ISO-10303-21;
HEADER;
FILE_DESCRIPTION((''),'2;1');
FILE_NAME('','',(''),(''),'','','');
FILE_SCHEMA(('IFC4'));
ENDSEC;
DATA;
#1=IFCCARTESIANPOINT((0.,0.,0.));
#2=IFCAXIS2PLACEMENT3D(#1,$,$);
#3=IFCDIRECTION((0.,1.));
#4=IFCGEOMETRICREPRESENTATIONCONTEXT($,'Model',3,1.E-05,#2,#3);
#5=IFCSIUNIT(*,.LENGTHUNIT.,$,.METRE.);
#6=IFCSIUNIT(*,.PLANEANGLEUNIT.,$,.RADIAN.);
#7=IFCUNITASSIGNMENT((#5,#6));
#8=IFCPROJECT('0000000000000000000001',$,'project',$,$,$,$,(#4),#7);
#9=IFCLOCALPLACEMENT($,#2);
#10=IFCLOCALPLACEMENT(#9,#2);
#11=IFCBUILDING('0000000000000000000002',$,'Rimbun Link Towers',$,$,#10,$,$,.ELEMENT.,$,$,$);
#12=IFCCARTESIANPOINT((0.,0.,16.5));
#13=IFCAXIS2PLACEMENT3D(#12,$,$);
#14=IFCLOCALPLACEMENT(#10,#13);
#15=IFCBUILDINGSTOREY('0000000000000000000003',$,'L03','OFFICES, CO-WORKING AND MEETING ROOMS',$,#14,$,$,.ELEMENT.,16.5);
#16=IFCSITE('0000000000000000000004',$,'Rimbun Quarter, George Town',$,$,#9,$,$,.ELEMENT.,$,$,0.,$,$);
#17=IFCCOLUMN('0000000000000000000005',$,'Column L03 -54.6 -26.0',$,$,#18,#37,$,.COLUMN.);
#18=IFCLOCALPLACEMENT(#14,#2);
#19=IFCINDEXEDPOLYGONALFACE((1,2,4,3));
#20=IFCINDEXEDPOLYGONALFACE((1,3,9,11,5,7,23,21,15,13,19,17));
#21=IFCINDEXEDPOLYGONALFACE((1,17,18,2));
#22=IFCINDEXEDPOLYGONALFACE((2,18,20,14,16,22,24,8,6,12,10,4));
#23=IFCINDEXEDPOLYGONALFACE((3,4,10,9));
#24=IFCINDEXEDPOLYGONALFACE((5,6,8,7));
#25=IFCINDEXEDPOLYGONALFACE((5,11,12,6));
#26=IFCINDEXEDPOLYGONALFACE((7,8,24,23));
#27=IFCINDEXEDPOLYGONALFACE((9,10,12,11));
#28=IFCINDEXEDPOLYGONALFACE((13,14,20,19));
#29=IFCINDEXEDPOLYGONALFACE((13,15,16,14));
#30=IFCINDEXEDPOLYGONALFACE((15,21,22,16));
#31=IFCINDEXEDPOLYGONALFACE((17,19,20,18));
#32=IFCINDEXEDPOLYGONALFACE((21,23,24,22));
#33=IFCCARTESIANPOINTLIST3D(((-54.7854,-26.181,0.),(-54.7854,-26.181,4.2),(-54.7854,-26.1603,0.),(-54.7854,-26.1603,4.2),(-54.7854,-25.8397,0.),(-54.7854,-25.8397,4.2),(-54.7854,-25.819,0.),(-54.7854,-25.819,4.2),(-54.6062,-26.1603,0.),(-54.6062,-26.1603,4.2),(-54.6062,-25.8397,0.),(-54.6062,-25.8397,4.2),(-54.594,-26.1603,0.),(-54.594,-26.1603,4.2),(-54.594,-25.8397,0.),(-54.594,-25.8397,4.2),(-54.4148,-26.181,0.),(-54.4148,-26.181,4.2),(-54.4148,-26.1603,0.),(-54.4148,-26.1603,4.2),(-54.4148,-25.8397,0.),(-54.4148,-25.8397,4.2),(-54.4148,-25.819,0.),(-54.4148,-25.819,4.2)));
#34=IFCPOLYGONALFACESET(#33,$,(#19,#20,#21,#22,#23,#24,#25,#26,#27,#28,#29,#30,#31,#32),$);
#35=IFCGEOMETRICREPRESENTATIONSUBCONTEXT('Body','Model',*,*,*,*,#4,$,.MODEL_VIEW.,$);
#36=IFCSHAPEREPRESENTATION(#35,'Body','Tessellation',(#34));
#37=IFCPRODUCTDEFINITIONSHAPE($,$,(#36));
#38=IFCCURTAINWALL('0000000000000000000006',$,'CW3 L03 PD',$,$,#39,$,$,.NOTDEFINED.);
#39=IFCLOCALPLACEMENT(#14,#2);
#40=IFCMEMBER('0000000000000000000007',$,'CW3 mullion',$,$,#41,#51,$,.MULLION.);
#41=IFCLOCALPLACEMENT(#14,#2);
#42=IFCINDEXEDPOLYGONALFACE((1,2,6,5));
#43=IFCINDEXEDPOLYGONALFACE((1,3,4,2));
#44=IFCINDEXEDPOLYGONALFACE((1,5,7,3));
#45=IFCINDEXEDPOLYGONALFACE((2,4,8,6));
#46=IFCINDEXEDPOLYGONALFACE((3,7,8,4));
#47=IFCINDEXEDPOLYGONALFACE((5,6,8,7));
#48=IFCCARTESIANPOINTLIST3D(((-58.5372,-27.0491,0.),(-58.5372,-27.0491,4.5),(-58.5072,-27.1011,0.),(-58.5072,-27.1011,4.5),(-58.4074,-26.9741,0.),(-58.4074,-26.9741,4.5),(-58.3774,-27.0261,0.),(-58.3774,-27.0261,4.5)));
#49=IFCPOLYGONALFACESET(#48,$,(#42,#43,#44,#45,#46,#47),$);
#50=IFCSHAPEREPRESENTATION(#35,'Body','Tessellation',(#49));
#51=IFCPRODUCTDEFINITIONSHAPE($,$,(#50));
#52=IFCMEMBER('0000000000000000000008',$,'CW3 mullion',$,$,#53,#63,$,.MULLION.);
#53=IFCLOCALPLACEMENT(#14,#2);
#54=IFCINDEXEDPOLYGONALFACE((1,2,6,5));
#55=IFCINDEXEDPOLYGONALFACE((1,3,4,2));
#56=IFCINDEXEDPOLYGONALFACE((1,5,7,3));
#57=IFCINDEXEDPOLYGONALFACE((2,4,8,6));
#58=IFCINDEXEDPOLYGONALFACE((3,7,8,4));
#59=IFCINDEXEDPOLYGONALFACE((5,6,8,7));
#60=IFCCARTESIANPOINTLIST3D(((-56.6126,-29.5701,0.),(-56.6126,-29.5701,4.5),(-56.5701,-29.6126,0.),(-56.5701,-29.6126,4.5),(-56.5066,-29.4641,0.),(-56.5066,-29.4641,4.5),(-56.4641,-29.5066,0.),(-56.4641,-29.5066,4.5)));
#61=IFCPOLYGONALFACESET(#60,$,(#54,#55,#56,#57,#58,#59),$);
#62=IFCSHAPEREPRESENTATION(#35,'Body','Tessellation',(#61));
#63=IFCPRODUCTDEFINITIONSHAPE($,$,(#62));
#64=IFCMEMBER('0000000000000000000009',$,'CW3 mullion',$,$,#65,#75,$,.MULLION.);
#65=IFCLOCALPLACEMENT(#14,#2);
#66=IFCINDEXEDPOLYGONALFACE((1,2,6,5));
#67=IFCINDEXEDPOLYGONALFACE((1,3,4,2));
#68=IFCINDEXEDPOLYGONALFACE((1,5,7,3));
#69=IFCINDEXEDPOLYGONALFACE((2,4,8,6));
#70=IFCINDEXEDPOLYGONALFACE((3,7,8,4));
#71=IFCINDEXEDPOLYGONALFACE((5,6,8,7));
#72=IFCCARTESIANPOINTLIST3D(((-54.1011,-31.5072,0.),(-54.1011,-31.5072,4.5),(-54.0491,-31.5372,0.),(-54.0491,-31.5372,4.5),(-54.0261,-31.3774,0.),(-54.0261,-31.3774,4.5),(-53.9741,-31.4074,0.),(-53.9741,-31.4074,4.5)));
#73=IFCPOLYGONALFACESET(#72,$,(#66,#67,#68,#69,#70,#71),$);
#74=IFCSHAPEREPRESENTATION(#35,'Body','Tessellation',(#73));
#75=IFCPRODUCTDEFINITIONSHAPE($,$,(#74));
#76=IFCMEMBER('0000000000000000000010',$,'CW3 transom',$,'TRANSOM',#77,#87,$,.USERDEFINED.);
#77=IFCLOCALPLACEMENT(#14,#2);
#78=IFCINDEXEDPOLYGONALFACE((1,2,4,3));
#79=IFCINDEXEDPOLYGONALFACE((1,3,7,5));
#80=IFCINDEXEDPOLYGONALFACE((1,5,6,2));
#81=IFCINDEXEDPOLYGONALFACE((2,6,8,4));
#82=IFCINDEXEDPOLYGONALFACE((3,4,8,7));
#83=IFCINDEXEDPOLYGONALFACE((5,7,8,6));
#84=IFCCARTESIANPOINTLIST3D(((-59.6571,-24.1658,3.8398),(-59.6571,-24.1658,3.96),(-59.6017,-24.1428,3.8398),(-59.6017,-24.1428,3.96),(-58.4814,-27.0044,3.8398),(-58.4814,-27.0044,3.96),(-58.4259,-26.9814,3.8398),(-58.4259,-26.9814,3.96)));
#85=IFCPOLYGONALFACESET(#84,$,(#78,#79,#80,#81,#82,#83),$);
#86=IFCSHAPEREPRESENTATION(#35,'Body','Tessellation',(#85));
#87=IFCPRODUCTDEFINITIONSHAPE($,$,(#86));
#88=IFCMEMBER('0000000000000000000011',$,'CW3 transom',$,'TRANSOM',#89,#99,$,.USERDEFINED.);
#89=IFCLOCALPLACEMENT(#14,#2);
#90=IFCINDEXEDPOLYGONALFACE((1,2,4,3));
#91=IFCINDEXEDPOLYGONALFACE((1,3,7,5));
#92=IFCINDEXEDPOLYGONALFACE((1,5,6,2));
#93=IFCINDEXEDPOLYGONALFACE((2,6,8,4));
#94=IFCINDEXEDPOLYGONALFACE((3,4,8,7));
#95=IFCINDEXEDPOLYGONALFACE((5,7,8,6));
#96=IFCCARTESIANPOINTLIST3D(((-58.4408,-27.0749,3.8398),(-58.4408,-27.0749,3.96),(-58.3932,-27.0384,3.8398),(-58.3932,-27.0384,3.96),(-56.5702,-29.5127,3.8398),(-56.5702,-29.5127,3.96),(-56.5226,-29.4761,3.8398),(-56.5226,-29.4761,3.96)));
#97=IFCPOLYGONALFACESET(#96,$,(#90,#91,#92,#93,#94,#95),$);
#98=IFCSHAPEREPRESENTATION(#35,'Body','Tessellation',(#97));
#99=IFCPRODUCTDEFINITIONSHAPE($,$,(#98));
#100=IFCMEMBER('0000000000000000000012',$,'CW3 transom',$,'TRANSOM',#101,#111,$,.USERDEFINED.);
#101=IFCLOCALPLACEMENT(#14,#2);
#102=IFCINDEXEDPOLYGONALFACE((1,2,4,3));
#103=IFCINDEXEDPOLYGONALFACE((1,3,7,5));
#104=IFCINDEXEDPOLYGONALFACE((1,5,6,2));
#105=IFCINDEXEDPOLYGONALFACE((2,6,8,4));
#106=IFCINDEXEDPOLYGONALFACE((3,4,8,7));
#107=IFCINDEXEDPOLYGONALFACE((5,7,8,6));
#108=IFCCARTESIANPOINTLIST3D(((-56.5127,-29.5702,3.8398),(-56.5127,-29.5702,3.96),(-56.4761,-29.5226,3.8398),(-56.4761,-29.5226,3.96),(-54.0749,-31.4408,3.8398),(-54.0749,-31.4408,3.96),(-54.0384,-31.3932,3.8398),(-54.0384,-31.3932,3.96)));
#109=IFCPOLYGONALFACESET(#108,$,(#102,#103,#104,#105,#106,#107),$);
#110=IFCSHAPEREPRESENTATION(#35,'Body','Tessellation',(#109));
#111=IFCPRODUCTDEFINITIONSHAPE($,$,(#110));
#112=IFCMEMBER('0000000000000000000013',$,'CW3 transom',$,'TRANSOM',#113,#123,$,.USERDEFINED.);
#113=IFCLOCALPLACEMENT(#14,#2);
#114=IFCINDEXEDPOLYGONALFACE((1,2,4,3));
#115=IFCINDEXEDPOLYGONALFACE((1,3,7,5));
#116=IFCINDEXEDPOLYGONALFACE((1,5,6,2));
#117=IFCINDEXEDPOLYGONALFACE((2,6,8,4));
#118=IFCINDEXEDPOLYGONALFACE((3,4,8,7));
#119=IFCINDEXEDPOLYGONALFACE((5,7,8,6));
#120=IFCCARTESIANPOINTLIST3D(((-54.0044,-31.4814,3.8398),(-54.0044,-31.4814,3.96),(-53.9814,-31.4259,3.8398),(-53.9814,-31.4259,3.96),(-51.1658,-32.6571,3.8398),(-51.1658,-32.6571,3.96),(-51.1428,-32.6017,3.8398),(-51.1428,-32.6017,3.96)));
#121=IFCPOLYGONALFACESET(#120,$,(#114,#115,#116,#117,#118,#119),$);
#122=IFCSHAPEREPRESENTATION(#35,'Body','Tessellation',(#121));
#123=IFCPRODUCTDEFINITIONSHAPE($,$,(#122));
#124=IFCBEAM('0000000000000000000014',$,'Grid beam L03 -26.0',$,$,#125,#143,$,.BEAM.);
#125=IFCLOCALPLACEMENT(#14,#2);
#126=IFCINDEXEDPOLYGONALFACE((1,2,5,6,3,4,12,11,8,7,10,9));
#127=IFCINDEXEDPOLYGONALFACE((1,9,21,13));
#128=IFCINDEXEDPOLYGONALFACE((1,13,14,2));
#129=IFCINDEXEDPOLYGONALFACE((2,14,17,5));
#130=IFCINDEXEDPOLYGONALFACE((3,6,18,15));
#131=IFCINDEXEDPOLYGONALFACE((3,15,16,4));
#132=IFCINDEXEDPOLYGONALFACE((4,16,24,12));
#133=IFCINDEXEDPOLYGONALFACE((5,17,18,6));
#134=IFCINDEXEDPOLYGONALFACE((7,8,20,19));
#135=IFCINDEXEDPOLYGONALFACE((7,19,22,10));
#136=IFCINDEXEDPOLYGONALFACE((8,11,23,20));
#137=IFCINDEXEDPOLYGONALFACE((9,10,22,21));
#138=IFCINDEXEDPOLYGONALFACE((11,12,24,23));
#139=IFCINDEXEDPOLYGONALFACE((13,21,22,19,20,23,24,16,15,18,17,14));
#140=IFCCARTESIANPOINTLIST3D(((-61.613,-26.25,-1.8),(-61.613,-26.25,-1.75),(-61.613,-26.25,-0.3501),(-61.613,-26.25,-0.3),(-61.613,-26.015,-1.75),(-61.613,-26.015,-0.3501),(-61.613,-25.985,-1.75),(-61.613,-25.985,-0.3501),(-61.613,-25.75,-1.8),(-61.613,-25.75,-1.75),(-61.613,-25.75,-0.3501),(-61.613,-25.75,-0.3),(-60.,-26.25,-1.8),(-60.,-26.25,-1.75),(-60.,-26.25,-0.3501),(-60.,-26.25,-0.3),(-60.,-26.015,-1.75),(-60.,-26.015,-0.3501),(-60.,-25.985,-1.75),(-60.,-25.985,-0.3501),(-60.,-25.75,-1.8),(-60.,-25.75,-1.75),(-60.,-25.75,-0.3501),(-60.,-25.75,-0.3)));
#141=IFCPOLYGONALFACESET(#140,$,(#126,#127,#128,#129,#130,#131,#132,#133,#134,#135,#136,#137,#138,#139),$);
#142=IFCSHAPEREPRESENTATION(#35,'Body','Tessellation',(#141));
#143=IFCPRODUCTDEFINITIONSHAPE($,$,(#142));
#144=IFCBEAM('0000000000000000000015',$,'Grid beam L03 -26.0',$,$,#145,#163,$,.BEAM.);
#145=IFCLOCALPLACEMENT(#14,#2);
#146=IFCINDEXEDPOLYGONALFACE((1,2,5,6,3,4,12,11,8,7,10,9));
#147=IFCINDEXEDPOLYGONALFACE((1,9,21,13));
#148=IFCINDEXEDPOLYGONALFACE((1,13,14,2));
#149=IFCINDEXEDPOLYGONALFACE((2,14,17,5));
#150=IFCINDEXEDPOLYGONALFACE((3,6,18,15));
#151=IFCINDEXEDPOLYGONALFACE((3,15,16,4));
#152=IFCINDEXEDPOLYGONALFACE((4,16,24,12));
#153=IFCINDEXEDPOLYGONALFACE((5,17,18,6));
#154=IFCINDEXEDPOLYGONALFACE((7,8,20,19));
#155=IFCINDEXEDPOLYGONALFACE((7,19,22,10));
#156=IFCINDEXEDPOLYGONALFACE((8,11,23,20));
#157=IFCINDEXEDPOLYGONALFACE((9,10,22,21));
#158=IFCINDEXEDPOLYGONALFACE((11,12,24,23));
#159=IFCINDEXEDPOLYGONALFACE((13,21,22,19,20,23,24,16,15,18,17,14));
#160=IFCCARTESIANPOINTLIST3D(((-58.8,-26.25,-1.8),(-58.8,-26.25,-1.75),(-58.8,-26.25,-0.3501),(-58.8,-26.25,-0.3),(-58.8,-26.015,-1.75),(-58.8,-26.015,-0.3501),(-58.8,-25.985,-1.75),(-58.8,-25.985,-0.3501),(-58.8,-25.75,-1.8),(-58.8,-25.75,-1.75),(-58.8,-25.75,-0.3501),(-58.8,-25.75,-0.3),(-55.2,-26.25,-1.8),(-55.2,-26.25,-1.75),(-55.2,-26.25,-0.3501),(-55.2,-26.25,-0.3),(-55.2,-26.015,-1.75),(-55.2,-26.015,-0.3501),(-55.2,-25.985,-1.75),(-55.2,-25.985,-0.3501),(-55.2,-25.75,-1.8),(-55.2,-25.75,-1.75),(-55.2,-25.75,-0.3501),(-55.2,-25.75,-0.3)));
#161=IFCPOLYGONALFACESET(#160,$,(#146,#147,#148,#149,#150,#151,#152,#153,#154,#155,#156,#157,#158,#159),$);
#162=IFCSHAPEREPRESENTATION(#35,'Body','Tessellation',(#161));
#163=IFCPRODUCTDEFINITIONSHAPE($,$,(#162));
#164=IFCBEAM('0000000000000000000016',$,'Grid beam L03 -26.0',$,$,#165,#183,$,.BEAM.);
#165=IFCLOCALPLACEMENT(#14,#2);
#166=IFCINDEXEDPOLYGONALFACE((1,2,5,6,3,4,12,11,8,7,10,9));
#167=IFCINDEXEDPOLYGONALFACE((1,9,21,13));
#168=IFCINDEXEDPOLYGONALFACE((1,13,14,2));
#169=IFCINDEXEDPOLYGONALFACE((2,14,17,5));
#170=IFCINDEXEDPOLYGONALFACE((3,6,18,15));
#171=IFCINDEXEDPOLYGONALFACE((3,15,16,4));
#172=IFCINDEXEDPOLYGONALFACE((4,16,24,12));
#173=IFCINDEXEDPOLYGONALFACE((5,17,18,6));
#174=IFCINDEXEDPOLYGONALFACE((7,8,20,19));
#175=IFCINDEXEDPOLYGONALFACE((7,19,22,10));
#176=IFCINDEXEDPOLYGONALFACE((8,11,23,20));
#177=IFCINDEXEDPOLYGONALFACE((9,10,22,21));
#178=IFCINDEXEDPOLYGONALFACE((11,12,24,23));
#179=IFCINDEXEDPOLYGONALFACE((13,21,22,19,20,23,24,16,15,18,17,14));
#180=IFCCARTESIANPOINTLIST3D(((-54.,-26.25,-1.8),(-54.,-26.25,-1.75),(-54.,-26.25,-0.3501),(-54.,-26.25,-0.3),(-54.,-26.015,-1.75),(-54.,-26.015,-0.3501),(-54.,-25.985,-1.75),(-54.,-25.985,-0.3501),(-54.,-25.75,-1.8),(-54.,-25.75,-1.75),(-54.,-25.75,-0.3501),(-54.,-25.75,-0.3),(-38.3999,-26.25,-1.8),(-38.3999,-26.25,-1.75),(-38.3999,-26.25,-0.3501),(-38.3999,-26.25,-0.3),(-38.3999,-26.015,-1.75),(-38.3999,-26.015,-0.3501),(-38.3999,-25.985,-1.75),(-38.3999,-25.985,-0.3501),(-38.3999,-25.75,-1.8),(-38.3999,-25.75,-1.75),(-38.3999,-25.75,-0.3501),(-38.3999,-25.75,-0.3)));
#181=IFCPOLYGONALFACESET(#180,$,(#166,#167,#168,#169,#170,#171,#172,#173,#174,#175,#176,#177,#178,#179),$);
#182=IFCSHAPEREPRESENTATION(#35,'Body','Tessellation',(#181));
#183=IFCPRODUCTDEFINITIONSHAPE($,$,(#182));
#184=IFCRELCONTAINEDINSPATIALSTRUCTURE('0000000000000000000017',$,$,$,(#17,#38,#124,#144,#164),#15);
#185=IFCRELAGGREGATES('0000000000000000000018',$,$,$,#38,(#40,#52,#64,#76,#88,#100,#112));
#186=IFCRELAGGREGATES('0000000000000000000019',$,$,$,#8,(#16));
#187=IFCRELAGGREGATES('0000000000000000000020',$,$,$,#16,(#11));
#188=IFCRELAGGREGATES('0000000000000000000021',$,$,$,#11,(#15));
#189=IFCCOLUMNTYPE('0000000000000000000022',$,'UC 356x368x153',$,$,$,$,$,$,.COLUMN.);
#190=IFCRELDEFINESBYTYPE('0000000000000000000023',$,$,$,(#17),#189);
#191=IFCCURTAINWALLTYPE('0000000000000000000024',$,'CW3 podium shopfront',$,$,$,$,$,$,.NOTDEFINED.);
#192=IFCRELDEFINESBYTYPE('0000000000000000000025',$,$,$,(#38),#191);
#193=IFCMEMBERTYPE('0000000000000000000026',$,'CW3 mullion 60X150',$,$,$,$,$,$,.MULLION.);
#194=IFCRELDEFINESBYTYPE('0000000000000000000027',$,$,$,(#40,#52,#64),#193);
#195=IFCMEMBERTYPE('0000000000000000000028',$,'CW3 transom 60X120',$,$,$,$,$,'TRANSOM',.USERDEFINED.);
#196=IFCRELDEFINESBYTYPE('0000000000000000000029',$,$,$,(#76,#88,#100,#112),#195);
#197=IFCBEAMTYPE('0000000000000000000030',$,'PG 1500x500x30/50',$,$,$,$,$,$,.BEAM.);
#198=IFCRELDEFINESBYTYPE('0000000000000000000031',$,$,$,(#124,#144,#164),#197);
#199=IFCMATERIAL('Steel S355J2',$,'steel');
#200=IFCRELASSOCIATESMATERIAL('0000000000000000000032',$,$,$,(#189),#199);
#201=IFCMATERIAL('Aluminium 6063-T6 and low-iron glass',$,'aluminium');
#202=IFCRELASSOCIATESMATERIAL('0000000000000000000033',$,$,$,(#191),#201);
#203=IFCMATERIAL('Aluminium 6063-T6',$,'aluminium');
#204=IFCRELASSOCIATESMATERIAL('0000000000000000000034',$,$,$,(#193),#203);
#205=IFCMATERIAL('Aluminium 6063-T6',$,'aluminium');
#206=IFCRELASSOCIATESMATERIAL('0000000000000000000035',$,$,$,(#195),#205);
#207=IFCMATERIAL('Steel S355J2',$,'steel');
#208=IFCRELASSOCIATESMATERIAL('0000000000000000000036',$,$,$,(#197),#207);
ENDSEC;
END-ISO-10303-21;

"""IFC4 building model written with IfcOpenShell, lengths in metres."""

from ifc_helpers import new_model, si_unit, direction, frame, origin, origin_2d, place, context, subcontext, project, spatial, rectangle, i_section, extrude, material, material_profile, profile_set, type_object, element, aggregate, save


model = new_model("IFC4")

# Units and contexts
model_context = context("Model", 3, precision=1e-05, world=origin(), true_north=direction((0.0, 1.0)))
body_context = subcontext(model_context, "Body", "Model", "MODEL_VIEW")
ifc_project = project(units=[si_unit("LENGTHUNIT", "METRE"), si_unit("PLANEANGLEUNIT", "RADIAN")], contexts=[model_context])

# Site, building, storey
site_placement = place(None, origin())
site = spatial("IfcSite", under=ifc_project, at=site_placement, Name="Rimbun Quarter, George Town", CompositionType="ELEMENT", RefElevation=0.0)
building_placement = place(site_placement, origin())
building = spatial("IfcBuilding", under=site, at=building_placement, Name="Rimbun Link Towers", CompositionType="ELEMENT")
storey_placement = place(building_placement, frame((0.0, 0.0, 16.5)))
storey = spatial("IfcBuildingStorey", under=building, at=storey_placement, Name="L03", Description="OFFICES, CO-WORKING AND MEETING ROOMS", CompositionType="ELEMENT", Elevation=16.5)

# Column
ifc_material_1 = material(Name="Steel S355J2", Category="steel")
ifc_material_profile_1 = material_profile(ifc_material_1, i_section(OverallWidth=0.3706, OverallDepth=0.3621, WebThickness=0.0122, FlangeThickness=0.0208, at=origin_2d()), Name="UC 356x368x153")
ifc_profile_set_1 = profile_set([ifc_material_profile_1], Name="Steel S355J2")
column_type = type_object("IfcColumnType", Name="UC 356x368x153", PredefinedType="COLUMN", material=ifc_profile_set_1)
column_placement = place(storey_placement, frame((-54.6001, -26.0, 0.0), z_axis=(0.0, 0.0, 1.0), x_axis=(1.0, 0.0, 0.0)))
element("IfcColumn", 1, at=column_placement, inside=storey, type_object=column_type, Name="Column L03 -54.6 -26.0", PredefinedType="COLUMN", context=body_context, shape_type="SweptSolid", body=[
    extrude(i_section(OverallWidth=0.3706, OverallDepth=0.3621, WebThickness=0.0122, FlangeThickness=0.0208, at=origin_2d()), origin(), (0.0, 0.0, 1.0), 4.2),
])

# Curtain wall, members
ifc_material_2 = material(Name="Aluminium 6063-T6 and low-iron glass", Category="aluminium")
curtain_wall_type = type_object("IfcCurtainWallType", Name="CW3 podium shopfront", PredefinedType="NOTDEFINED", material=ifc_material_2)
curtain_wall_placement = place(storey_placement, origin())
curtain_wall = element("IfcCurtainWall", 2, at=curtain_wall_placement, inside=storey, type_object=curtain_wall_type, Name="CW3 L03 PD", PredefinedType="NOTDEFINED")
ifc_material_3 = material(Name="Aluminium 6063-T6", Category="aluminium")
ifc_material_profile_2 = material_profile(ifc_material_3, rectangle(XDim=0.1499, YDim=0.0601, at=origin_2d()), Name="MULLION 60X150")
ifc_profile_set_2 = profile_set([ifc_material_profile_2], Name="Aluminium 6063-T6")
member_type_1 = type_object("IfcMemberType", Name="CW3 mullion 60X150", PredefinedType="MULLION", material=ifc_profile_set_2)
member_1_placement = place(storey_placement, frame((-58.4573, -27.0376, 0.0), z_axis=(0.0, 0.0, 1.0), x_axis=(-0.866029, -0.499994, 0.0)))
member_1 = element("IfcMember", 3, at=member_1_placement, type_object=member_type_1, Name="CW3 mullion", PredefinedType="MULLION", context=body_context, shape_type="SweptSolid", body=[
    extrude(rectangle(XDim=0.1499, YDim=0.0601, at=origin_2d()), origin(), (0.0, 0.0, 1.0), 4.5),
])
member_2_placement = place(storey_placement, frame((-56.5383, -29.5383, 0.0), z_axis=(0.0, 0.0, 1.0), x_axis=(-0.707107, -0.707107, 0.0)))
member_2 = element("IfcMember", 4, at=member_2_placement, type_object=member_type_1, Name="CW3 mullion", PredefinedType="MULLION", context=body_context, shape_type="SweptSolid", body=[
    extrude(rectangle(XDim=0.1499, YDim=0.0601, at=origin_2d()), origin(), (0.0, 0.0, 1.0), 4.5),
])
member_3_placement = place(storey_placement, frame((-54.0376, -31.4573, 0.0), z_axis=(0.0, 0.0, 1.0), x_axis=(-0.499994, -0.866029, 0.0)))
member_3 = element("IfcMember", 5, at=member_3_placement, type_object=member_type_1, Name="CW3 mullion", PredefinedType="MULLION", context=body_context, shape_type="SweptSolid", body=[
    extrude(rectangle(XDim=0.1499, YDim=0.0601, at=origin_2d()), origin(), (0.0, 0.0, 1.0), 4.5),
])
ifc_material_4 = material(Name="Aluminium 6063-T6", Category="aluminium")
ifc_material_profile_3 = material_profile(ifc_material_4, rectangle(XDim=0.0601, YDim=0.1201, at=origin_2d()), Name="TRANSOM 60X120")
ifc_profile_set_3 = profile_set([ifc_material_profile_3], Name="Aluminium 6063-T6")
member_type_2 = type_object("IfcMemberType", Name="CW3 transom 60X120", ElementType="TRANSOM", PredefinedType="USERDEFINED", material=ifc_profile_set_3)
member_4_placement = place(storey_placement, frame((-58.4536, -26.9929, 3.8999), z_axis=(-0.382679, 0.923881, 0.0), x_axis=(-0.923881, -0.382679, 0.0)))
member_4 = element("IfcMember", 6, at=member_4_placement, type_object=member_type_2, Name="CW3 transom", ObjectType="TRANSOM", PredefinedType="USERDEFINED", context=body_context, shape_type="SweptSolid", body=[
    extrude(rectangle(XDim=0.0601, YDim=0.1201, at=origin_2d()), origin(), (0.0, 0.0, 1.0), 3.0725),
])
member_5_placement = place(storey_placement, frame((-56.5464, -29.4944, 3.8999), z_axis=(-0.608773, 0.793344, 0.0), x_axis=(-0.793344, -0.608773, 0.0)))
member_5 = element("IfcMember", 7, at=member_5_placement, type_object=member_type_2, Name="CW3 transom", ObjectType="TRANSOM", PredefinedType="USERDEFINED", context=body_context, shape_type="SweptSolid", body=[
    extrude(rectangle(XDim=0.0601, YDim=0.1201, at=origin_2d()), origin(), (0.0, 0.0, 1.0), 3.0728),
])
member_6_placement = place(storey_placement, frame((-54.0566, -31.417, 3.8999), z_axis=(-0.793344, 0.608773, 0.0), x_axis=(-0.608773, -0.793344, 0.0)))
member_6 = element("IfcMember", 8, at=member_6_placement, type_object=member_type_2, Name="CW3 transom", ObjectType="TRANSOM", PredefinedType="USERDEFINED", context=body_context, shape_type="SweptSolid", body=[
    extrude(rectangle(XDim=0.0601, YDim=0.1201, at=origin_2d()), origin(), (0.0, 0.0, 1.0), 3.0728),
])
member_7_placement = place(storey_placement, frame((-51.1543, -32.6294, 3.8999), z_axis=(-0.923881, 0.382679, 0.0), x_axis=(-0.382679, -0.923881, 0.0)))
member_7 = element("IfcMember", 9, at=member_7_placement, type_object=member_type_2, Name="CW3 transom", ObjectType="TRANSOM", PredefinedType="USERDEFINED", context=body_context, shape_type="SweptSolid", body=[
    extrude(rectangle(XDim=0.0601, YDim=0.1201, at=origin_2d()), origin(), (0.0, 0.0, 1.0), 3.0725),
])

# Beams
ifc_material_5 = material(Name="Steel S355J2", Category="steel")
ifc_material_profile_4 = material_profile(ifc_material_5, i_section(OverallWidth=0.5, OverallDepth=1.5, WebThickness=0.03, FlangeThickness=0.05, at=origin_2d()), Name="PG 1500x500x30/50")
ifc_profile_set_4 = profile_set([ifc_material_profile_4], Name="Steel S355J2")
beam_type = type_object("IfcBeamType", Name="PG 1500x500x30/50", PredefinedType="BEAM", material=ifc_profile_set_4)
beam_1_placement = place(storey_placement, frame((-61.613, -26.0, -1.05), z_axis=(1.0, 0.0, 0.0), x_axis=(0.0, 1.0, 0.0)))
element("IfcBeam", 10, at=beam_1_placement, inside=storey, type_object=beam_type, Name="Grid beam L03 -26.0", PredefinedType="BEAM", context=body_context, shape_type="SweptSolid", body=[
    extrude(i_section(OverallWidth=0.5, OverallDepth=1.5, WebThickness=0.03, FlangeThickness=0.05, at=origin_2d()), origin(), (0.0, 0.0, 1.0), 1.613),
])
beam_2_placement = place(storey_placement, frame((-58.8, -26.0, -1.05), z_axis=(1.0, 0.0, 0.0), x_axis=(0.0, 1.0, 0.0)))
element("IfcBeam", 11, at=beam_2_placement, inside=storey, type_object=beam_type, Name="Grid beam L03 -26.0", PredefinedType="BEAM", context=body_context, shape_type="SweptSolid", body=[
    extrude(i_section(OverallWidth=0.5, OverallDepth=1.5, WebThickness=0.03, FlangeThickness=0.05, at=origin_2d()), origin(), (0.0, 0.0, 1.0), 3.6001),
])
beam_3_placement = place(storey_placement, frame((-54.0, -26.0, -1.05), z_axis=(1.0, 0.0, 0.0), x_axis=(0.0, 1.0, 0.0)))
element("IfcBeam", 12, at=beam_3_placement, inside=storey, type_object=beam_type, Name="Grid beam L03 -26.0", PredefinedType="BEAM", context=body_context, shape_type="SweptSolid", body=[
    extrude(i_section(OverallWidth=0.5, OverallDepth=1.5, WebThickness=0.03, FlangeThickness=0.05, at=origin_2d()), origin(), (0.0, 0.0, 1.0), 15.6001),
])

aggregate(curtain_wall, [member_1, member_2, member_3, member_4, member_5, member_6, member_7])

save(model, "model.ifc")
